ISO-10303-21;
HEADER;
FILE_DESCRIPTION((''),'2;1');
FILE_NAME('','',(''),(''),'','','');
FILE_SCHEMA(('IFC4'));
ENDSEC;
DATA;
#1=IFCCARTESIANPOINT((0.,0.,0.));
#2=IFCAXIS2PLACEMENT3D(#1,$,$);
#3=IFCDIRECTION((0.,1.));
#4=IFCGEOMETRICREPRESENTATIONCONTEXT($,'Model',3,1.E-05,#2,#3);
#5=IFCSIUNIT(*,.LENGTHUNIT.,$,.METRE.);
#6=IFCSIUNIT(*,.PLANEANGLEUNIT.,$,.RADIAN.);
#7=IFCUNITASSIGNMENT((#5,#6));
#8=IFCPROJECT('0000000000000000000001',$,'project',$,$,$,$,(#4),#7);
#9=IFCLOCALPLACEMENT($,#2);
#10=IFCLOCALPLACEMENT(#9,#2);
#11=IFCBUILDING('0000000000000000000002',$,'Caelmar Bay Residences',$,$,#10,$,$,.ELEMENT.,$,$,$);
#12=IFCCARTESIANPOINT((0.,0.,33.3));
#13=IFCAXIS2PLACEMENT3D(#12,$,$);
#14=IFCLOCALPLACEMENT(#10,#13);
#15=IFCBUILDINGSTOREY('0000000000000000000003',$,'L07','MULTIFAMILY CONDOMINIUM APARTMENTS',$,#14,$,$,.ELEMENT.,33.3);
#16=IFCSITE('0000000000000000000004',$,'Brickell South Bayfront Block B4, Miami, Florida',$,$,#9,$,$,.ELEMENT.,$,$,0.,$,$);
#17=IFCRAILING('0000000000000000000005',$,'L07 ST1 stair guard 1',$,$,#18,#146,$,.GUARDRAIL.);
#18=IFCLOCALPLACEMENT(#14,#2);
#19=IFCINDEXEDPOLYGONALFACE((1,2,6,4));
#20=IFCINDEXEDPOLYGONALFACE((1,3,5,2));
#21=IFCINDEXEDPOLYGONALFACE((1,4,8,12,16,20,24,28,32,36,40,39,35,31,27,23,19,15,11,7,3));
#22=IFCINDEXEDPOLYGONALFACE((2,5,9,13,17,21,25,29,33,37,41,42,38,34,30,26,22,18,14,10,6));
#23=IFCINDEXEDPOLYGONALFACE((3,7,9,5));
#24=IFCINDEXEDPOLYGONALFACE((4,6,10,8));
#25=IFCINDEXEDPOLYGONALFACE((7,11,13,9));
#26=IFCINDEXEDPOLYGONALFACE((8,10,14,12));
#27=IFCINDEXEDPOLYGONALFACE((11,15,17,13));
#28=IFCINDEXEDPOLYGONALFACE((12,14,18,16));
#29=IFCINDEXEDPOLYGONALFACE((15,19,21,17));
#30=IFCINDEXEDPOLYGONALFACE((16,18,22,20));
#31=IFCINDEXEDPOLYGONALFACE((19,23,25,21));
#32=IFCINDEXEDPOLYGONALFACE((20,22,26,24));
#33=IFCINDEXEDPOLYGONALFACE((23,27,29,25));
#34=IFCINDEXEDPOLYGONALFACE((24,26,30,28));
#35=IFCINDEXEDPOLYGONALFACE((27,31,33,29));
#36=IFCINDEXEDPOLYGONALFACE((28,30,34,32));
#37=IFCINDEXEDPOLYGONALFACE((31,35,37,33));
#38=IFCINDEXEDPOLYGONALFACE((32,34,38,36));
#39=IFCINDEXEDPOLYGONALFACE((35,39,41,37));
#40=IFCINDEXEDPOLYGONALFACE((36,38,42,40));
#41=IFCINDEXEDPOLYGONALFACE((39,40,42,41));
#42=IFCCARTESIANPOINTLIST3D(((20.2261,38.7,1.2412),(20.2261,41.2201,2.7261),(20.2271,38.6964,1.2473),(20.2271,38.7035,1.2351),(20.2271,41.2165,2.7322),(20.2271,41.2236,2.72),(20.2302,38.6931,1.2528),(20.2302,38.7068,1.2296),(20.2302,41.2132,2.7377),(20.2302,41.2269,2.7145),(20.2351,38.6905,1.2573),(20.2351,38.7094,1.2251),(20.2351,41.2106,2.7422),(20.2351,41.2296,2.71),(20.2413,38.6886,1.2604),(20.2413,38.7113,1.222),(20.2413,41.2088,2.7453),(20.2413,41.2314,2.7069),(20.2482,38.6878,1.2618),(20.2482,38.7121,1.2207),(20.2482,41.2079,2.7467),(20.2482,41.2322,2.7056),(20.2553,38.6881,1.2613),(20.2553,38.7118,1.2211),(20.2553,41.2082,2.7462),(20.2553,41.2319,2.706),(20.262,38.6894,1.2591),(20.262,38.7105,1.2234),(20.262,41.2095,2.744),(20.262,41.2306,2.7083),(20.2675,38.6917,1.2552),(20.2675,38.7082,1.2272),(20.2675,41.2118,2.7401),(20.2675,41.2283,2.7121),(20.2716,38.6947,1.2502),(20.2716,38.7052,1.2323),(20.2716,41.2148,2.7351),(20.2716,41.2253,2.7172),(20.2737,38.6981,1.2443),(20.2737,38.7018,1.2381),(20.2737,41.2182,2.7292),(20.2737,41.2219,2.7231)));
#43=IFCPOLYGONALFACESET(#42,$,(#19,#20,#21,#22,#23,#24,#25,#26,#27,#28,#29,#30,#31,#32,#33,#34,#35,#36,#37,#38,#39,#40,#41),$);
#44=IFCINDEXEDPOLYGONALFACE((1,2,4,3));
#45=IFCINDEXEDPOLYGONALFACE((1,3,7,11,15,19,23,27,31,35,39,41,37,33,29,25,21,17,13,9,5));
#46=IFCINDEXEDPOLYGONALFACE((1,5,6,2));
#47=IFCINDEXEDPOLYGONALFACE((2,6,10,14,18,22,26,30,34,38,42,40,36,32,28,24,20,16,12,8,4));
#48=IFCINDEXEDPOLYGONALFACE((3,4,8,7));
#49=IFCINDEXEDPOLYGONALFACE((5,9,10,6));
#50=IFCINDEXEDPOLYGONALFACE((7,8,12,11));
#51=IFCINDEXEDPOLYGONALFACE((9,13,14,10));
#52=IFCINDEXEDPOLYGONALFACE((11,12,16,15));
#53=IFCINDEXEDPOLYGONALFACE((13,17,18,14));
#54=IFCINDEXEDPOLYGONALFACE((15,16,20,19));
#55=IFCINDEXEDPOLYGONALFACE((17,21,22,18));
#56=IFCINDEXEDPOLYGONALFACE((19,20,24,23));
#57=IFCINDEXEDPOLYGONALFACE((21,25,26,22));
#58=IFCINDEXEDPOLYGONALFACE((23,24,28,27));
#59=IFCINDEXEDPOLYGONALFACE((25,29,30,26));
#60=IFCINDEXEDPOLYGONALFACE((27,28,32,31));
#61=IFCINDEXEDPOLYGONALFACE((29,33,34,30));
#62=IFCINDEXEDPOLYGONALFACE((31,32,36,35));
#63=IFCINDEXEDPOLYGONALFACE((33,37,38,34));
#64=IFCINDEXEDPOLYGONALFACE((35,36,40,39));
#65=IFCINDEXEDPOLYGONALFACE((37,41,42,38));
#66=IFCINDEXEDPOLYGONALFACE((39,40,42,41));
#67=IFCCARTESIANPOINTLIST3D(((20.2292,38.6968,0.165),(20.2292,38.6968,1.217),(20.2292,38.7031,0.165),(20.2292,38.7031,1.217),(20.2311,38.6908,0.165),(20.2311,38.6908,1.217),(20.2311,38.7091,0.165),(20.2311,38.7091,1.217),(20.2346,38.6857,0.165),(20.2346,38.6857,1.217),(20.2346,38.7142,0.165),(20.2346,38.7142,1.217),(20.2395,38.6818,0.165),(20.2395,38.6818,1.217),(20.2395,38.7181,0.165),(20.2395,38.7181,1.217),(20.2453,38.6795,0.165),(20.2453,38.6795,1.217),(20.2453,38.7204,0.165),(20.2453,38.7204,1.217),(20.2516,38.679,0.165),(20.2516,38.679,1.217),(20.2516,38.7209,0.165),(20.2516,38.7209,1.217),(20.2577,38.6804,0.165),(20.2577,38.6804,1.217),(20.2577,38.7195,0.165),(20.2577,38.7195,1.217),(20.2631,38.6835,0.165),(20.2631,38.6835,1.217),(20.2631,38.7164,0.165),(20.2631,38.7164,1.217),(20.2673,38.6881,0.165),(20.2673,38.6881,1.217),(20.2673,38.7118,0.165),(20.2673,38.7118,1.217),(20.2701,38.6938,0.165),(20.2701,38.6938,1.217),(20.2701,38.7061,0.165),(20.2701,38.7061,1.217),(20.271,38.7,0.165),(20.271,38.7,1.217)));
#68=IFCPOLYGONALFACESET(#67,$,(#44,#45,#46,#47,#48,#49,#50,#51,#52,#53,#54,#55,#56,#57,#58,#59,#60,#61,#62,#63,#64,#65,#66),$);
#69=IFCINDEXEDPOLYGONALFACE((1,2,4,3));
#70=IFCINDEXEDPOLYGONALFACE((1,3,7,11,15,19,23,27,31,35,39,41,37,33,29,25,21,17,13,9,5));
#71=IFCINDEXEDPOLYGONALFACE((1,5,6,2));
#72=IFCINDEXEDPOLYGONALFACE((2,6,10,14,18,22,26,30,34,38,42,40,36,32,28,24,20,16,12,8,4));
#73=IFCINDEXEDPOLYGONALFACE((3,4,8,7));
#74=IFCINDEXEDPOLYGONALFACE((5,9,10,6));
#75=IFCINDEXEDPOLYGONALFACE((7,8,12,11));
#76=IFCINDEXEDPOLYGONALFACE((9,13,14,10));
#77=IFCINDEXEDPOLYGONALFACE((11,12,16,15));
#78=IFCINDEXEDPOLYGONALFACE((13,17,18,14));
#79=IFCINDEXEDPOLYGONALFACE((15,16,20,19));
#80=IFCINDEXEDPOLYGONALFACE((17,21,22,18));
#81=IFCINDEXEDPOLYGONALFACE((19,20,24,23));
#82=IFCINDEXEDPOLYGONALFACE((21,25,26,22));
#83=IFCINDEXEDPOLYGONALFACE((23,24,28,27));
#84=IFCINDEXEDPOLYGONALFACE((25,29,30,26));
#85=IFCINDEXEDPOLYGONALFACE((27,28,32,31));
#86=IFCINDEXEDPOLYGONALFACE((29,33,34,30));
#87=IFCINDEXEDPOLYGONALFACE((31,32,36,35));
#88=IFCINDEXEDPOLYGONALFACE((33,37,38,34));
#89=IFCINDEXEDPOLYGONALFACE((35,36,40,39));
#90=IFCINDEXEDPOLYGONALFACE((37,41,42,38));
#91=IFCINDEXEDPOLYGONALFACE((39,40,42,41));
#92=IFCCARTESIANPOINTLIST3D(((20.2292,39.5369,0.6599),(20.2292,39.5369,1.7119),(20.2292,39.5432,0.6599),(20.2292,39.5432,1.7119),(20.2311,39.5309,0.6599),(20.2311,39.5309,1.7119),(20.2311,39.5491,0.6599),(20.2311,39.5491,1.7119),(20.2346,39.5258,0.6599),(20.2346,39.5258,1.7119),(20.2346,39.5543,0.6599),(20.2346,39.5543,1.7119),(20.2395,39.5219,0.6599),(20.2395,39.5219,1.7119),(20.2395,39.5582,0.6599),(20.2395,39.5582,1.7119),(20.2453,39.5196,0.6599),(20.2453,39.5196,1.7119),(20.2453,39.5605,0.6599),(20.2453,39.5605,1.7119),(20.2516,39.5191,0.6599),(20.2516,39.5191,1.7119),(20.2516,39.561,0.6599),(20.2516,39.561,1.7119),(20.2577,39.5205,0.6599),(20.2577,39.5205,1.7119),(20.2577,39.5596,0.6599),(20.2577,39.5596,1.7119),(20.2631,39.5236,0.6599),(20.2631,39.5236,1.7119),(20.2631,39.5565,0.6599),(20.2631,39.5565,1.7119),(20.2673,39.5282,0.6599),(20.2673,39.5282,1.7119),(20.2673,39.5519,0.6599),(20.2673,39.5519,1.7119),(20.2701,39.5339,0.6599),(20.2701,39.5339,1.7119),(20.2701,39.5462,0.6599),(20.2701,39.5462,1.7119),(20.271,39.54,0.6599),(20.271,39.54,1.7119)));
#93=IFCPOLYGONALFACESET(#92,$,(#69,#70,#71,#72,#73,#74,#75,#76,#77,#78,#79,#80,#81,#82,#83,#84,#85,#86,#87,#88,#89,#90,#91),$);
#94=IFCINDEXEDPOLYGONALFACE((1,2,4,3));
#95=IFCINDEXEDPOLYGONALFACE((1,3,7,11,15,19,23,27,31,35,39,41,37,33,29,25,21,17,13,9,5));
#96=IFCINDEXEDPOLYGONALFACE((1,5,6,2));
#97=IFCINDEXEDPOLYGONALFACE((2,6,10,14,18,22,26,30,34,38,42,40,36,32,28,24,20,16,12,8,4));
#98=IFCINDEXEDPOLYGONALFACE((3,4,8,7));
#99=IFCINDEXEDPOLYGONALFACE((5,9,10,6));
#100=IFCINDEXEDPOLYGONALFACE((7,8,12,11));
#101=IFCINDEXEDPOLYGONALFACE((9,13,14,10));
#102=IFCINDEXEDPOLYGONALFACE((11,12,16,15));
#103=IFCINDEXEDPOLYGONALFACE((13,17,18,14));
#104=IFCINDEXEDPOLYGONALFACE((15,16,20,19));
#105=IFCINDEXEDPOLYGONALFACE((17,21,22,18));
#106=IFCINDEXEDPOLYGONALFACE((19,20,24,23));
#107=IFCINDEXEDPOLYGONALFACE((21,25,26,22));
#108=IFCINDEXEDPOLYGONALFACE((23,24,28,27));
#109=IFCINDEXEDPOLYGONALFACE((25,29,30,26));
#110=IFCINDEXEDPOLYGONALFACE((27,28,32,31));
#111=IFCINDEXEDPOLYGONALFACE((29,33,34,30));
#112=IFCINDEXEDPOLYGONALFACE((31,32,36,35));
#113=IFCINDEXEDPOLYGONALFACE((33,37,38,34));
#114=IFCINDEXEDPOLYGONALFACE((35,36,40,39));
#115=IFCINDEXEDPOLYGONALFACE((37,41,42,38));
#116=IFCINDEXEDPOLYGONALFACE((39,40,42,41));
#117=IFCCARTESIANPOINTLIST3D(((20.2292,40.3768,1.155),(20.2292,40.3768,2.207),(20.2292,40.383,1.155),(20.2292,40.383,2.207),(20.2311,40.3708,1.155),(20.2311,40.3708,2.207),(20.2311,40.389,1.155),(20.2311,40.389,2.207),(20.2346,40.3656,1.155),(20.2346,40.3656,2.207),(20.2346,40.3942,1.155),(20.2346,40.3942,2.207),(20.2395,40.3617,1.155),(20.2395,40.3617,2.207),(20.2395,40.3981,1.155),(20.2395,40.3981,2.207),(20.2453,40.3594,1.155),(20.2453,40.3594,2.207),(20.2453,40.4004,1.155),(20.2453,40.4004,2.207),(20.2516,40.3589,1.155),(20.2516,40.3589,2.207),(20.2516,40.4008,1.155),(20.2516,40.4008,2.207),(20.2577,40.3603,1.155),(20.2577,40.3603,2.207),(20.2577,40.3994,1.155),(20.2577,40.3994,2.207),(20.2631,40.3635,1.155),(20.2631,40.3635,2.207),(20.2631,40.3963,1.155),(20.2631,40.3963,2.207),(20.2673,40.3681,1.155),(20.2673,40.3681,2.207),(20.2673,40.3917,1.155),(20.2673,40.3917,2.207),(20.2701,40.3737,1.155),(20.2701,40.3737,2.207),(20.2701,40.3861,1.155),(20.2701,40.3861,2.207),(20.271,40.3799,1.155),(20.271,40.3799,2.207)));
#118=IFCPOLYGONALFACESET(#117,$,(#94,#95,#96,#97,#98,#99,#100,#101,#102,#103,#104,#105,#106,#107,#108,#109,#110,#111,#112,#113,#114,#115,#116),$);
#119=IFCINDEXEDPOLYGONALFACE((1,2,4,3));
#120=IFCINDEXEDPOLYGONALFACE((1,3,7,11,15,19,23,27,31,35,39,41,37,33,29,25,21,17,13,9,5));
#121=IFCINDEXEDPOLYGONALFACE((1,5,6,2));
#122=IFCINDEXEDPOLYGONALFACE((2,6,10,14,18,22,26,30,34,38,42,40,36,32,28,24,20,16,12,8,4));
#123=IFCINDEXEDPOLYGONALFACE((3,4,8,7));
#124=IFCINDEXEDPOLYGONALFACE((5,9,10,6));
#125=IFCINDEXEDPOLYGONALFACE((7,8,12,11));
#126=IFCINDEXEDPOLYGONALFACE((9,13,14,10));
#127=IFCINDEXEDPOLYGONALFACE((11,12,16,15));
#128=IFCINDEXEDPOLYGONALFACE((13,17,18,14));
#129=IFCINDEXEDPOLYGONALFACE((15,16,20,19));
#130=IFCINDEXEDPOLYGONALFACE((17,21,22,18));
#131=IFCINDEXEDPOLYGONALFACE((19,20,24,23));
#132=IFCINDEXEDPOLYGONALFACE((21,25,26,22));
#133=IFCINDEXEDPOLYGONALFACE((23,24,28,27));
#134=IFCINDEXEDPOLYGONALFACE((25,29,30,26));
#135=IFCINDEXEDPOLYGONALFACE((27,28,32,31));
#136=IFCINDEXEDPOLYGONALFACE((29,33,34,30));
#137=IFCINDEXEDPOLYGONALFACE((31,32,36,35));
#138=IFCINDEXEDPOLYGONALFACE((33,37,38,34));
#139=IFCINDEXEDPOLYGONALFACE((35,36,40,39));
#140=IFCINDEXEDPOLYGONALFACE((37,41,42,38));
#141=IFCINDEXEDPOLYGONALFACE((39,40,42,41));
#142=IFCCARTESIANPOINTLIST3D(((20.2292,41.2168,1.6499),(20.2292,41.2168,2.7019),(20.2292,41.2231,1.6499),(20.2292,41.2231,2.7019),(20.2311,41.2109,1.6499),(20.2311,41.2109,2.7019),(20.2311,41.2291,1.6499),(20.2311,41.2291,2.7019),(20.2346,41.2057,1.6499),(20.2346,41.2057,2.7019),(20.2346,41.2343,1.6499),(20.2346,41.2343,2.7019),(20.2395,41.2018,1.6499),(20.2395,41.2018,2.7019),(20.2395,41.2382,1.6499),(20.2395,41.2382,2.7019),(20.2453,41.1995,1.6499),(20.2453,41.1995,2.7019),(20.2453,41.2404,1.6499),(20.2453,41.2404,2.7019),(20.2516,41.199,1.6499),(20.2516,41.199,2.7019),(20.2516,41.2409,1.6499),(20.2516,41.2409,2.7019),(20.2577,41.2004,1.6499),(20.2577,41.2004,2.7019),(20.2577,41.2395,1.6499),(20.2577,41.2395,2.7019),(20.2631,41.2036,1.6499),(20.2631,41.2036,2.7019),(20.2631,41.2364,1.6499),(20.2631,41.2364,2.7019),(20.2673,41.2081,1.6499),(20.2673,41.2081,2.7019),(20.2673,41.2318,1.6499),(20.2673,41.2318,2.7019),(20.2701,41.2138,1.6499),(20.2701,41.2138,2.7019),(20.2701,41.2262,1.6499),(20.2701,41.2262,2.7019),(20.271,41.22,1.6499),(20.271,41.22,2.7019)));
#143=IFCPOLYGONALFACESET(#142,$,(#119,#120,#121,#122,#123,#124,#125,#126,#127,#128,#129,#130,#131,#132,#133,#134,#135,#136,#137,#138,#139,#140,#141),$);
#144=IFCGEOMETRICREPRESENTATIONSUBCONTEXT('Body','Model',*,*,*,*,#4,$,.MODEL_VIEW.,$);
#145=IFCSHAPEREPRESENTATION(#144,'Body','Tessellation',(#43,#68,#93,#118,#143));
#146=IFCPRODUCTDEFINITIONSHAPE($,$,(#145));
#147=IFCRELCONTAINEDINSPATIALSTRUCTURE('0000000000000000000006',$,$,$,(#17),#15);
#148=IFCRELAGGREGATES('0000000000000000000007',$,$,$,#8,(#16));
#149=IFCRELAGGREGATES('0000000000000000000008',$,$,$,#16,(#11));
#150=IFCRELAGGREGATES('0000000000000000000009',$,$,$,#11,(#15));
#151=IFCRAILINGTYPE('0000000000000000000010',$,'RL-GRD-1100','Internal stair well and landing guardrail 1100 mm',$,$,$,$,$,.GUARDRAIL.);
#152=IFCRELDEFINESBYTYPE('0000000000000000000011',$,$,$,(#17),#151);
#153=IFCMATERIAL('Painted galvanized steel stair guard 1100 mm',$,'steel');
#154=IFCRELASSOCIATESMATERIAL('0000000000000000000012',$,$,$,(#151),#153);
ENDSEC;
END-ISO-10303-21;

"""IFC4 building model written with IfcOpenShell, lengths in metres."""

from ifc_helpers import new_model, si_unit, direction, frame, origin, origin_2d, place, context, subcontext, project, spatial, circle, extrude, material, type_object, element, save


model = new_model("IFC4")

# Units and contexts
model_context = context("Model", 3, precision=1e-05, world=origin(), true_north=direction((0.0, 1.0)))
body_context = subcontext(model_context, "Body", "Model", "MODEL_VIEW")
ifc_project = project(units=[si_unit("LENGTHUNIT", "METRE"), si_unit("PLANEANGLEUNIT", "RADIAN")], contexts=[model_context])

# Site, building, storey
site_placement = place(None, origin())
site = spatial("IfcSite", under=ifc_project, at=site_placement, Name="Brickell South Bayfront Block B4, Miami, Florida", CompositionType="ELEMENT", RefElevation=0.0)
building_placement = place(site_placement, origin())
building = spatial("IfcBuilding", under=site, at=building_placement, Name="Caelmar Bay Residences", CompositionType="ELEMENT")
storey_placement = place(building_placement, frame((0.0, 0.0, 33.3)))
storey = spatial("IfcBuildingStorey", under=building, at=storey_placement, Name="L07", Description="MULTIFAMILY CONDOMINIUM APARTMENTS", CompositionType="ELEMENT", Elevation=33.3)

# Railing
ifc_material_1 = material(Name="Painted galvanized steel stair guard 1100 mm", Category="steel")
railing_type_1 = type_object("IfcRailingType", Name="RL-GRD-1100", Description="Internal stair well and landing guardrail 1100 mm", PredefinedType="GUARDRAIL", material=ifc_material_1)
railing_1_placement = place(storey_placement, frame((20.25, 38.7, 0.165)))
element("IfcRailing", 1, at=railing_1_placement, inside=storey, type_object=railing_type_1, Name="L07 ST1 stair guard 1", PredefinedType="GUARDRAIL", context=body_context, shape_type="SweptSolid", body=[
    extrude(circle(Radius=0.0239, at=origin_2d()), frame((0.0, 0.0, 1.0762), z_axis=(0.0, 0.861561, 0.507655), x_axis=(-1.0, 0.0, 0.0)), (0.0, 0.0, 1.0), 2.925),
    extrude(circle(Radius=0.021, at=origin_2d()), origin(), (0.0, 0.0, 1.0), 1.052),
    extrude(circle(Radius=0.021, at=origin_2d()), frame((0.0, 0.8401, 0.4949)), (0.0, 0.0, 1.0), 1.052),
    extrude(circle(Radius=0.021, at=origin_2d()), frame((0.0, 1.6799, 0.99)), (0.0, 0.0, 1.0), 1.052),
    extrude(circle(Radius=0.021, at=origin_2d()), frame((0.0, 2.52, 1.4849)), (0.0, 0.0, 1.0), 1.052),
])

save(model, "model.ifc")
